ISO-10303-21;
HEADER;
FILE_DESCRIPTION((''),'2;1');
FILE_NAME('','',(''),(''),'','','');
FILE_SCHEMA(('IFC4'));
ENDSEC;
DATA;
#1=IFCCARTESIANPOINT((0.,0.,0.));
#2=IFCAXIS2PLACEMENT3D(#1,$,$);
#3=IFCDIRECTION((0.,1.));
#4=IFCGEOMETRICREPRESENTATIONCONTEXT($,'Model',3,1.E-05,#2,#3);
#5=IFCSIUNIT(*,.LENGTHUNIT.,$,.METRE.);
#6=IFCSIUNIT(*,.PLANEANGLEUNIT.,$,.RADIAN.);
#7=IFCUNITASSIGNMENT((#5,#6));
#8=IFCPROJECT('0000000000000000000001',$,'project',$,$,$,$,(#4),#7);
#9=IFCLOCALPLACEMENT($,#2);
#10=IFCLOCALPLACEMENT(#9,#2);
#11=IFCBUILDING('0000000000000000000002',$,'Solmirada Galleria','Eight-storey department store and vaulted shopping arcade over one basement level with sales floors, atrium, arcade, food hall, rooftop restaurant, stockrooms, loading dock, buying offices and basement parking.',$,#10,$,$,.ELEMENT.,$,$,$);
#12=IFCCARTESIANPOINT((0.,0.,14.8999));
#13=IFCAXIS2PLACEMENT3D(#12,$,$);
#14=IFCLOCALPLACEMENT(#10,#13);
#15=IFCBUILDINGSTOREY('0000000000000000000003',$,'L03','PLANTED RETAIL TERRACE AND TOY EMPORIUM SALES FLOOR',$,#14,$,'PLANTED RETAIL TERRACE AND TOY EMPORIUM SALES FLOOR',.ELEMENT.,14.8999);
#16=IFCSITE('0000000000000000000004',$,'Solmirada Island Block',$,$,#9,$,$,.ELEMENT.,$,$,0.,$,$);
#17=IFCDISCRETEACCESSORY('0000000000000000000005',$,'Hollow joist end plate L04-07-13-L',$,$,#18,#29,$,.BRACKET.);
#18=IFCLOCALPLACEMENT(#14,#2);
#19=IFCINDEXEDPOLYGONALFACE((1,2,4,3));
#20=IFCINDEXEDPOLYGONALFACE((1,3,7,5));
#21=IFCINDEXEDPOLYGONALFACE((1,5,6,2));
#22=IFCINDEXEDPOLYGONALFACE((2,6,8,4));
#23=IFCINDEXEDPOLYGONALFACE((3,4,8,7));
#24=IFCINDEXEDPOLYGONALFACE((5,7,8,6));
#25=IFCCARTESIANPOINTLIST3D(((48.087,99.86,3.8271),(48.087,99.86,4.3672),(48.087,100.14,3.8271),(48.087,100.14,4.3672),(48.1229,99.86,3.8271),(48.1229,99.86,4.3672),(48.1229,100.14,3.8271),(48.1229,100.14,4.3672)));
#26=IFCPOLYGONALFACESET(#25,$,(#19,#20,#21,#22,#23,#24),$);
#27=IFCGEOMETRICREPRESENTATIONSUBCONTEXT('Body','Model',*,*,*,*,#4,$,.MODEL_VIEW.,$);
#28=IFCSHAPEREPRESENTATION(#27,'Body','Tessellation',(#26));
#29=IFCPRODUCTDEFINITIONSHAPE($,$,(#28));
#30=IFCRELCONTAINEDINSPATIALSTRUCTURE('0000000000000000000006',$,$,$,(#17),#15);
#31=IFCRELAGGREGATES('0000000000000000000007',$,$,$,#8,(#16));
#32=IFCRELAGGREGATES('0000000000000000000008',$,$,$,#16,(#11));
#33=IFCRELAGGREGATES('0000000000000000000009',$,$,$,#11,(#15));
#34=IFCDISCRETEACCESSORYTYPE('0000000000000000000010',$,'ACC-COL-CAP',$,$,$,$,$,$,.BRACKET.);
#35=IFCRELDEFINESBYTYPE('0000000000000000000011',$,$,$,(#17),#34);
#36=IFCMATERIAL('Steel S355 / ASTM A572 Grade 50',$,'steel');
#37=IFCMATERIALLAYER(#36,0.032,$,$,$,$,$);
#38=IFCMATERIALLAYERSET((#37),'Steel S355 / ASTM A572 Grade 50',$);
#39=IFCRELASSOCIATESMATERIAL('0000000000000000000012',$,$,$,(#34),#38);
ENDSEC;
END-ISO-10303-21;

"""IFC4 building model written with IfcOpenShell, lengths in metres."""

from ifc_helpers import new_model, si_unit, direction, frame, origin, origin_2d, place, context, subcontext, project, spatial, rectangle, extrude, material, layer, layer_set, type_object, element, save


model = new_model("IFC4")

# Units and contexts
model_context = context("Model", 3, precision=1e-05, world=origin(), true_north=direction((0.0, 1.0)))
body_context = subcontext(model_context, "Body", "Model", "MODEL_VIEW")
ifc_project = project(units=[si_unit("LENGTHUNIT", "METRE"), si_unit("PLANEANGLEUNIT", "RADIAN")], contexts=[model_context])

# Site, building, storey
site_placement = place(None, origin())
site = spatial("IfcSite", under=ifc_project, at=site_placement, Name="Solmirada Island Block", CompositionType="ELEMENT", RefElevation=0.0)
building_placement = place(site_placement, origin())
building = spatial("IfcBuilding", under=site, at=building_placement, Name="Solmirada Galleria", Description="Eight-storey department store and vaulted shopping arcade over one basement level with sales floors, atrium, arcade, food hall, rooftop restaurant, stockrooms, loading dock, buying offices and basement parking.", CompositionType="ELEMENT")
storey_placement = place(building_placement, frame((0.0, 0.0, 14.8999)))
storey = spatial("IfcBuildingStorey", under=building, at=storey_placement, Name="L03", Description="PLANTED RETAIL TERRACE AND TOY EMPORIUM SALES FLOOR", LongName="PLANTED RETAIL TERRACE AND TOY EMPORIUM SALES FLOOR", CompositionType="ELEMENT", Elevation=14.8999)

# Discrete accessory
ifc_material_1 = material(Name="Steel S355 / ASTM A572 Grade 50", Category="steel")
ifc_layer_1 = layer(ifc_material_1, 0.032)
ifc_layer_set_1 = layer_set([ifc_layer_1], Name="Steel S355 / ASTM A572 Grade 50")
discrete_accessory_type = type_object("IfcDiscreteAccessoryType", Name="ACC-COL-CAP", PredefinedType="BRACKET", material=ifc_layer_set_1)
for number, where, z_axis, x_axis, name in (
    (1, (48.105, 100.0, 3.8271), (0.0, 0.0, 1.0), (1.0, 0.0, 0.0), "Hollow joist end plate L04-07-13-L"),
):
    element("IfcDiscreteAccessory", number, at=place(storey_placement, frame(where, z_axis=z_axis, x_axis=x_axis)), inside=storey, type_object=discrete_accessory_type, Name=name, PredefinedType="BRACKET", context=body_context, shape_type="SweptSolid", body=[
        extrude(rectangle(XDim=0.0359, YDim=0.28, at=origin_2d()), origin(), (0.0, 0.0, 1.0), 0.54),
    ])

save(model, "model.ifc")
